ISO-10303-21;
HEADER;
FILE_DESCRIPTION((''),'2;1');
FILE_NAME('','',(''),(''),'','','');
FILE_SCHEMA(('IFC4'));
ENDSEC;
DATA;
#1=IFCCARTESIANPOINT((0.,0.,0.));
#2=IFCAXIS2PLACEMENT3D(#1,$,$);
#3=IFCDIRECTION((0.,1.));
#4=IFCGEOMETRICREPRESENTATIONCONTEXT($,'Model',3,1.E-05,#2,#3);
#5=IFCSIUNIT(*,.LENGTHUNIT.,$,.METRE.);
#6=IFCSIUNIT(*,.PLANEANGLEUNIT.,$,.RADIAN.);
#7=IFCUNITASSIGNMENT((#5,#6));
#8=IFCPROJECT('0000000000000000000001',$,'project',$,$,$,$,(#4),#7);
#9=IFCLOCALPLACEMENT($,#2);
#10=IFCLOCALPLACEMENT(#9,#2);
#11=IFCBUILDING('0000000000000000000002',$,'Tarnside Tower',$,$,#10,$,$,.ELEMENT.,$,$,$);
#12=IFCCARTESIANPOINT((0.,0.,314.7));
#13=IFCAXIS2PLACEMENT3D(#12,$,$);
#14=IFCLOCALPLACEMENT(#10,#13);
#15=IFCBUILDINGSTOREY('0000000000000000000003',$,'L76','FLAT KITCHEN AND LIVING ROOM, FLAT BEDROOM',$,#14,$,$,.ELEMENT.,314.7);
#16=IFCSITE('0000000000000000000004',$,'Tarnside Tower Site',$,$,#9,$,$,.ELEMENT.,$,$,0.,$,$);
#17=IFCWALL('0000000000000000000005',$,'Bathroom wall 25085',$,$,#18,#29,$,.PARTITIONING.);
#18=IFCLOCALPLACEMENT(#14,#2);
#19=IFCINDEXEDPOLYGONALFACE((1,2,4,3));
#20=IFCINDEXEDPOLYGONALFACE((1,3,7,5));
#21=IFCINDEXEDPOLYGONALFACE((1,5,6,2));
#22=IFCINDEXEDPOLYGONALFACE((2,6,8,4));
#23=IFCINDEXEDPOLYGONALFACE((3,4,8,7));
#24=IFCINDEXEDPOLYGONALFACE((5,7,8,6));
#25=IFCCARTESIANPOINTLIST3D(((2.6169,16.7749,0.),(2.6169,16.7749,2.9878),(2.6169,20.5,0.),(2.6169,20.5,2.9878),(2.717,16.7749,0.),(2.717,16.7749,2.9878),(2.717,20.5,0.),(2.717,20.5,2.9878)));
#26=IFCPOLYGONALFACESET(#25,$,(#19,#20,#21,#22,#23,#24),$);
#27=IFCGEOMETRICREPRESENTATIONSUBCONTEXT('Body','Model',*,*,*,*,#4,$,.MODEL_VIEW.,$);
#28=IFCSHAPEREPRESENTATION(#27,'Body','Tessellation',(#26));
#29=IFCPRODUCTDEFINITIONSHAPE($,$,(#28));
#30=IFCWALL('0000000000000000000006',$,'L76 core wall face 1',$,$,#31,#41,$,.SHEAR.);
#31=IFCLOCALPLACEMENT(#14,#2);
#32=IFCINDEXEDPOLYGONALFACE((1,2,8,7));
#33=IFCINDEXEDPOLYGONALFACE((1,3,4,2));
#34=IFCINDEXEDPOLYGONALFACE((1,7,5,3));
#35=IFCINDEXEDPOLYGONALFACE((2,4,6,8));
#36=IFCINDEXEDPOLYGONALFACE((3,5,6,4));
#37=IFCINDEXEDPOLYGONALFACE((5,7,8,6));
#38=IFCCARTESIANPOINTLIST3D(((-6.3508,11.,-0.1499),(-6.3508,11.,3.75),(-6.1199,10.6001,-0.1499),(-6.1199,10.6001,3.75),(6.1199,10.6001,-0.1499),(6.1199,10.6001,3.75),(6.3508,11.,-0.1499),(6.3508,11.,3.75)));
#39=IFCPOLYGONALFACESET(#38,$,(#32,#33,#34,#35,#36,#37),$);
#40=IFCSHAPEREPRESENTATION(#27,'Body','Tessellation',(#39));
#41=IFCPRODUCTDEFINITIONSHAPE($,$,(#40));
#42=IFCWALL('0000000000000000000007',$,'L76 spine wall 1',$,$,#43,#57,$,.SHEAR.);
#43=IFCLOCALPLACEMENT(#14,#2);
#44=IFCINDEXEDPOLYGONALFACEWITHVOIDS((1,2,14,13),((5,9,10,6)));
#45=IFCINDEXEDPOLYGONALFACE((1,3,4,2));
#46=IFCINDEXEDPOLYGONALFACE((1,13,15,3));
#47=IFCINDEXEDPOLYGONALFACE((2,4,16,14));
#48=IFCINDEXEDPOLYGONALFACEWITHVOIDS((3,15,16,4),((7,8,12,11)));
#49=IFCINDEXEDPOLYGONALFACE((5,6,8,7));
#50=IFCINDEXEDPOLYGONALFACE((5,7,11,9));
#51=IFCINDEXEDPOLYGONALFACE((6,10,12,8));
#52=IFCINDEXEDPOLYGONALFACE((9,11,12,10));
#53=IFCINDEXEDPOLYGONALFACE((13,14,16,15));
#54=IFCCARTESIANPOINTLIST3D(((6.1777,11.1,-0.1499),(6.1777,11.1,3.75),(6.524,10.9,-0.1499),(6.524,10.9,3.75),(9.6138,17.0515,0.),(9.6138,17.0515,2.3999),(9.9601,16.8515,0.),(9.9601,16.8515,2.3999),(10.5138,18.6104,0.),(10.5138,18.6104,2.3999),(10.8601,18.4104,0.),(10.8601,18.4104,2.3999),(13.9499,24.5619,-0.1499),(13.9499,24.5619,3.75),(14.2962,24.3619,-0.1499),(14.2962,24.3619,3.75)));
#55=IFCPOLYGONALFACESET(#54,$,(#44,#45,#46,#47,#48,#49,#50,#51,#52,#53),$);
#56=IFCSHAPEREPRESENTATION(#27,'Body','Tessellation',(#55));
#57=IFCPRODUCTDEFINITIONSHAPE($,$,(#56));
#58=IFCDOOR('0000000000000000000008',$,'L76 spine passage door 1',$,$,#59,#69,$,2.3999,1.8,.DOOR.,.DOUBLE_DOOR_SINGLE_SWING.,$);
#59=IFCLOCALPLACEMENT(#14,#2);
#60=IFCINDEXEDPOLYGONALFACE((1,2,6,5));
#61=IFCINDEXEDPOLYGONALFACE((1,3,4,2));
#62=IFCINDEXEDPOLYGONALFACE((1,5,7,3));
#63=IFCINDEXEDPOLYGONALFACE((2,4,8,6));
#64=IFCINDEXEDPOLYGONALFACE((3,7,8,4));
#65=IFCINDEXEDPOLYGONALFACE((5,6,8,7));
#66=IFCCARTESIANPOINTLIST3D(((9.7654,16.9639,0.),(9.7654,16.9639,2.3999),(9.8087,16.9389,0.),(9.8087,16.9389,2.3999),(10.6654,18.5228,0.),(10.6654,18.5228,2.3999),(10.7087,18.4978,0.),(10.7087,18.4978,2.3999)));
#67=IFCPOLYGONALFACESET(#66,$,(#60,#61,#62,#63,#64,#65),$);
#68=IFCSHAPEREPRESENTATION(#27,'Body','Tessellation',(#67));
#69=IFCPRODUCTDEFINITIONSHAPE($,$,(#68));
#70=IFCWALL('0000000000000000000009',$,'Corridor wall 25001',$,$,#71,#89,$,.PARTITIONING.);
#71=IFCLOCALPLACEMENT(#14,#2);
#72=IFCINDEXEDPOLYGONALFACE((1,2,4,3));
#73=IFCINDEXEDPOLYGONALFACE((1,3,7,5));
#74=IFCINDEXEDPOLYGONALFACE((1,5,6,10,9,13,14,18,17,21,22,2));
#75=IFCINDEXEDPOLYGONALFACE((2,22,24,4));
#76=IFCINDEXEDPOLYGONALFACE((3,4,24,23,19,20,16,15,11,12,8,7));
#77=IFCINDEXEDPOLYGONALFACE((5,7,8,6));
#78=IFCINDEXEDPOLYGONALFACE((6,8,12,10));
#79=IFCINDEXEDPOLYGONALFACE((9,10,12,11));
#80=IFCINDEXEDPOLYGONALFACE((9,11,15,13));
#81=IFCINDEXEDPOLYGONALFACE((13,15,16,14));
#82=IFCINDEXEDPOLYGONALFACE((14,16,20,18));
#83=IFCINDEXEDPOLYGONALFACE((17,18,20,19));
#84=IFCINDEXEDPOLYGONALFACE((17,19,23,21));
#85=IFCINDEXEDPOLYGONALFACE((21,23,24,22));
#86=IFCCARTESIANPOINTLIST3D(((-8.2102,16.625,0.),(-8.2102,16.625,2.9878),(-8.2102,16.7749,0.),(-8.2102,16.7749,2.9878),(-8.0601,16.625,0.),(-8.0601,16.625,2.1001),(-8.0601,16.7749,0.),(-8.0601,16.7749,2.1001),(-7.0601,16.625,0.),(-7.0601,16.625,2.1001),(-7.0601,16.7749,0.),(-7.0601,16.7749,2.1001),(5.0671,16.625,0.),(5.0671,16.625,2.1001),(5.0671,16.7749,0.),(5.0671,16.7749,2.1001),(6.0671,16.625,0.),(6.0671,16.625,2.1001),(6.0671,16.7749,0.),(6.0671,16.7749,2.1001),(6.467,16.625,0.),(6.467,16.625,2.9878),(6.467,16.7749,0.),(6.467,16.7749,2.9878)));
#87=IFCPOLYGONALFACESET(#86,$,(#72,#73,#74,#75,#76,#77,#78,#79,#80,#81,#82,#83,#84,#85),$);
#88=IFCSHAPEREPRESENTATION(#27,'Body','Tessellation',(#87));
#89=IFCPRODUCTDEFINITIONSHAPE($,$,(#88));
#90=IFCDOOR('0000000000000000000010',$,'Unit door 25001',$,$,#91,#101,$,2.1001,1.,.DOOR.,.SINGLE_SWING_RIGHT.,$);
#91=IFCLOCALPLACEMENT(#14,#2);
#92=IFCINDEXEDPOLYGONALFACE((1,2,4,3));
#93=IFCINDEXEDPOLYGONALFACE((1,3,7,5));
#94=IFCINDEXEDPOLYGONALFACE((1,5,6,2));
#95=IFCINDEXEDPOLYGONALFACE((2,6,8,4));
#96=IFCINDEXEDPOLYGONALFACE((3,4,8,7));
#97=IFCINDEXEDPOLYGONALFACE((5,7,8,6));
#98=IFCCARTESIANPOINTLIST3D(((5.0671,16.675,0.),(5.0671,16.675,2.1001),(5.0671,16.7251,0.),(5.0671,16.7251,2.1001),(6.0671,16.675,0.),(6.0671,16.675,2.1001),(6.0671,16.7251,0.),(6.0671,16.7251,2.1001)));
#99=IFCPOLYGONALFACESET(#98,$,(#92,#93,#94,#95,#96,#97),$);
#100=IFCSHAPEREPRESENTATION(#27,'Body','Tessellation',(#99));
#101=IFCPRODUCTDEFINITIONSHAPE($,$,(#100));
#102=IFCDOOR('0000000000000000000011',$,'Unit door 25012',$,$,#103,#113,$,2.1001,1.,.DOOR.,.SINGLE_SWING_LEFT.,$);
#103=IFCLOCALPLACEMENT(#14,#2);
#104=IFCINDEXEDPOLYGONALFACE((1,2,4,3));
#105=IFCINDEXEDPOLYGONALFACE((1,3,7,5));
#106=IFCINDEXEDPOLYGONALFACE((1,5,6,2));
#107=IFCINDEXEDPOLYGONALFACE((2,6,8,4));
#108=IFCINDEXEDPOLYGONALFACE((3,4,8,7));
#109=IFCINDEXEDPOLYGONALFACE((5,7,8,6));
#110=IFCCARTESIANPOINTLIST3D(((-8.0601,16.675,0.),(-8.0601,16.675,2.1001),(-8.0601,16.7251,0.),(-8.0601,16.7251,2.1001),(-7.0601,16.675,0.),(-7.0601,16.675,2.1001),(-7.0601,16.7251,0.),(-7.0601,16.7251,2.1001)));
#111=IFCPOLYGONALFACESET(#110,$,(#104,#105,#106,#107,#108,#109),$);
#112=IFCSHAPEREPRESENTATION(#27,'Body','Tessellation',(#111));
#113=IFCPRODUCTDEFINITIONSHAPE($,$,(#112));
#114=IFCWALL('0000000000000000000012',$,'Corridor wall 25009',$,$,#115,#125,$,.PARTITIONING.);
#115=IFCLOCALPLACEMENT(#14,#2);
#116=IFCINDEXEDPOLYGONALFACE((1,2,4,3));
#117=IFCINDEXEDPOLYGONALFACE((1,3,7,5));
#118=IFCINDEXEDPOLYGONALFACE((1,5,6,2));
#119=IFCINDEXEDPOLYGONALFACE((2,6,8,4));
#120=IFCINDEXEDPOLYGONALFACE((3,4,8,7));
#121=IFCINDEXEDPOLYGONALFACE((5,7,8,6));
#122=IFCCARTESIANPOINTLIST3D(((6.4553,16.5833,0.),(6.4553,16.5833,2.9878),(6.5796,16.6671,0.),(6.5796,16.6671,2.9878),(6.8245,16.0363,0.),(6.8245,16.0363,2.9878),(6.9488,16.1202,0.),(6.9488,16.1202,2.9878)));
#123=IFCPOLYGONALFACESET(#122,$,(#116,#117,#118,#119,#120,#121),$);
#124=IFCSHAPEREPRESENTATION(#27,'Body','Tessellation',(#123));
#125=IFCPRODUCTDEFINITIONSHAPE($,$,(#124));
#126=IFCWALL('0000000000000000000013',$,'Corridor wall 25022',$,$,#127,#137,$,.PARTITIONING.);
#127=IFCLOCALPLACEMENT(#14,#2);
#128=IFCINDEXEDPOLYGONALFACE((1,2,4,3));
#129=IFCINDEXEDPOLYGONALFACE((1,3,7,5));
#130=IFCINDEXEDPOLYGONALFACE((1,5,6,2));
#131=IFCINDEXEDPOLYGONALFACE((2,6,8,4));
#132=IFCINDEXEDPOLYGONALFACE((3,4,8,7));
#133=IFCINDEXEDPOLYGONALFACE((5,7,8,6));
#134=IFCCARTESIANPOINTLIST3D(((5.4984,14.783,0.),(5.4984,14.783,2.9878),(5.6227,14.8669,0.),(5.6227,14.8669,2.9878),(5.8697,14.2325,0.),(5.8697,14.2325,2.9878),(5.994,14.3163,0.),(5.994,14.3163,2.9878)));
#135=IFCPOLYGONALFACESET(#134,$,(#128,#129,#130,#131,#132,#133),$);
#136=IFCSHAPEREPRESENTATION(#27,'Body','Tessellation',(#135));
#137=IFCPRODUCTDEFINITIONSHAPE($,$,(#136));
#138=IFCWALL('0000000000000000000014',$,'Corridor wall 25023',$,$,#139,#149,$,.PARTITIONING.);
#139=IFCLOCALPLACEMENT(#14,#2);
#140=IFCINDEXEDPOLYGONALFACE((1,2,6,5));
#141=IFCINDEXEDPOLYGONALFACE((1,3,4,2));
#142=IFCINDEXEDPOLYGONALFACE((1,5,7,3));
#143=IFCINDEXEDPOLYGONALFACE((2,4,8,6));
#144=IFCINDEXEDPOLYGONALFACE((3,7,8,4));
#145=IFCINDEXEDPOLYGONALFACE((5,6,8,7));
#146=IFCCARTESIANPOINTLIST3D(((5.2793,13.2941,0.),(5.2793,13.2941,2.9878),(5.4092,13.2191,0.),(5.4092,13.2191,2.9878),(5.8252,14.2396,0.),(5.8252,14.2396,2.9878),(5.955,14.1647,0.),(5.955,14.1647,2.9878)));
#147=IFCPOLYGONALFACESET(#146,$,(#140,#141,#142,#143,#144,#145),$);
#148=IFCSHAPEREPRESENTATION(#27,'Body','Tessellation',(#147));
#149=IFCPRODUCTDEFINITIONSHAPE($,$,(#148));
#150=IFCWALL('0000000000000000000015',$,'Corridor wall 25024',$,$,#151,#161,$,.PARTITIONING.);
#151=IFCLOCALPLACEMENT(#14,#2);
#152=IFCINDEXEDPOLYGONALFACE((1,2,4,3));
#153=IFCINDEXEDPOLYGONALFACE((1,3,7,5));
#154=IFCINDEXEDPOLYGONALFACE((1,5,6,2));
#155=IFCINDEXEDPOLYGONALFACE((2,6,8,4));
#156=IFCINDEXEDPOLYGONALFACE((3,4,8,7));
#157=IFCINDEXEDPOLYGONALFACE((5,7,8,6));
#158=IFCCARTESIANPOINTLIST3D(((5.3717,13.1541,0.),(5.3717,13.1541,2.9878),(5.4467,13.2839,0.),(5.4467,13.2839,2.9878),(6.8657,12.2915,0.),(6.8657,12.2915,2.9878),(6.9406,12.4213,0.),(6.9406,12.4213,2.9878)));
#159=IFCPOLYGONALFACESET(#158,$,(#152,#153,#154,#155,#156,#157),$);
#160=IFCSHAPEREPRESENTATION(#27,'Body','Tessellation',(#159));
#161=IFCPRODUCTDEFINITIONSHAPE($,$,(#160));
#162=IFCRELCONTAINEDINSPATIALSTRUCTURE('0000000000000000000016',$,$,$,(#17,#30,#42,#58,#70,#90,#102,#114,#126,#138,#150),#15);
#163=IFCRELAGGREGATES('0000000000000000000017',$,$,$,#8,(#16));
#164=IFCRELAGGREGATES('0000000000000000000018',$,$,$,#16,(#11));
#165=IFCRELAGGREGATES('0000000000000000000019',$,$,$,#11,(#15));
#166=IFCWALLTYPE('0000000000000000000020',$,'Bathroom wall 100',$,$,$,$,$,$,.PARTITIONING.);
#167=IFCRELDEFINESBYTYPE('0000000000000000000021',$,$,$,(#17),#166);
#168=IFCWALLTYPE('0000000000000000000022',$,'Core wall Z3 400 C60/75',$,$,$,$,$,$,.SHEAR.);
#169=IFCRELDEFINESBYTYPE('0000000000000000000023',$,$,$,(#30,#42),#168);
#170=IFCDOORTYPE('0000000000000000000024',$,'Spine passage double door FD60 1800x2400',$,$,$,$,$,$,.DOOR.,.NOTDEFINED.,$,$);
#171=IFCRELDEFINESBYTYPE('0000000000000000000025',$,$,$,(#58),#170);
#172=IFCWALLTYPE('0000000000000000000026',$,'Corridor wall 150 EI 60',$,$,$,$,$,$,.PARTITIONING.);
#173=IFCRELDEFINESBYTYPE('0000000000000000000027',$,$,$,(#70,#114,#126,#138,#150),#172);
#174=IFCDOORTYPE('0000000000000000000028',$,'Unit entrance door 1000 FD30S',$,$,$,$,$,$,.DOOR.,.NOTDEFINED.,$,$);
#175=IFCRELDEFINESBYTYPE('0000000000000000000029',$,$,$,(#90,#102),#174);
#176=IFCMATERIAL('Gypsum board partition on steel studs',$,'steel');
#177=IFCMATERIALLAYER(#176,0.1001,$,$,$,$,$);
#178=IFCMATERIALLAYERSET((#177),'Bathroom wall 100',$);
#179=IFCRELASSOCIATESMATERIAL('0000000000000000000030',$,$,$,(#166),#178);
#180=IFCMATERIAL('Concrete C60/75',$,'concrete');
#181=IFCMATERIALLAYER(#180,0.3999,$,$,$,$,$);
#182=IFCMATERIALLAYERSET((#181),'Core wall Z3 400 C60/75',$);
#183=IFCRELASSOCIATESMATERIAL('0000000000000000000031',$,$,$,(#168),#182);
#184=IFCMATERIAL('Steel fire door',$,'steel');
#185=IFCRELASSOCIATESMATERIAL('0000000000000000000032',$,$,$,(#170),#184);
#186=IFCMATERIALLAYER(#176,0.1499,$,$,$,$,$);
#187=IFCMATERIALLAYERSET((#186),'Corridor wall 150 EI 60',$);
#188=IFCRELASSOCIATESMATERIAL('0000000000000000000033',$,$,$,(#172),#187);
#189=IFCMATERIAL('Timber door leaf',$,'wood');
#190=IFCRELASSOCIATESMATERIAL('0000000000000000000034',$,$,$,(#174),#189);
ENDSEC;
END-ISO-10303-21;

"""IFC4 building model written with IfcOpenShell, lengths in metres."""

from ifc_helpers import new_model, si_unit, direction, frame, frame_2d, origin, place, context, subcontext, project, spatial, polyline, rectangle, outline, extrude, material, layer, layer_set, type_object, element, fill, save


model = new_model("IFC4")

# Units and contexts
model_context = context("Model", 3, precision=1e-05, world=origin(), true_north=direction((0.0, 1.0)))
body_context = subcontext(model_context, "Body", "Model", "MODEL_VIEW")
ifc_project = project(units=[si_unit("LENGTHUNIT", "METRE"), si_unit("PLANEANGLEUNIT", "RADIAN")], contexts=[model_context])

# Site, building, storey
site_placement = place(None, origin())
site = spatial("IfcSite", under=ifc_project, at=site_placement, Name="Tarnside Tower Site", CompositionType="ELEMENT", RefElevation=0.0)
building_placement = place(site_placement, origin())
building = spatial("IfcBuilding", under=site, at=building_placement, Name="Tarnside Tower", CompositionType="ELEMENT")
storey_placement = place(building_placement, frame((0.0, 0.0, 314.7)))
storey = spatial("IfcBuildingStorey", under=building, at=storey_placement, Name="L76", Description="FLAT KITCHEN AND LIVING ROOM, FLAT BEDROOM", CompositionType="ELEMENT", Elevation=314.7)

# Walls
ifc_material_1 = material(Name="Gypsum board partition on steel studs", Category="steel")
ifc_layer_1 = layer(ifc_material_1, 0.1001)
ifc_layer_set_1 = layer_set([ifc_layer_1], Name="Bathroom wall 100")
wall_type_1 = type_object("IfcWallType", Name="Bathroom wall 100", PredefinedType="PARTITIONING", material=ifc_layer_set_1)
wall_1_placement = place(storey_placement, frame((2.667, 16.7749, 0.0), z_axis=(0.0, 0.0, 1.0), x_axis=(0.0, 1.0, 0.0)))
element("IfcWall", 1, at=wall_1_placement, inside=storey, type_object=wall_type_1, Name="Bathroom wall 25085", PredefinedType="PARTITIONING", context=body_context, shape_type="SweptSolid", body=[
    extrude(rectangle(XDim=3.7251, YDim=0.1001, at=frame_2d((1.8625, 0.0))), origin(), (0.0, 0.0, 1.0), 2.9878),
])
ifc_material_2 = material(Name="Concrete C60/75", Category="concrete")
ifc_layer_2 = layer(ifc_material_2, 0.3999)
ifc_layer_set_2 = layer_set([ifc_layer_2], Name="Core wall Z3 400 C60/75")
wall_type_2 = type_object("IfcWallType", Name="Core wall Z3 400 C60/75", PredefinedType="SHEAR", material=ifc_layer_set_2)
wall_2_placement = place(storey_placement, frame((6.2354, 10.8, -0.1499), z_axis=(0.0, 0.0, 1.0), x_axis=(-1.0, 0.0, 0.0)))
element("IfcWall", 2, at=wall_2_placement, inside=storey, type_object=wall_type_2, Name="L76 core wall face 1", PredefinedType="SHEAR", context=body_context, shape_type="SweptSolid", body=[
    extrude(outline(polyline([(-0.1155, -0.2), (12.5862, -0.2), (12.3552, 0.2), (0.1155, 0.2), (-0.1155, -0.2)])), origin(), (0.0, 0.0, 1.0), 3.8999),
])

# Wall, opening, door
wall_3_placement = place(storey_placement, frame((6.3508, 11.0, -0.1499), z_axis=(0.0, 0.0, 1.0), x_axis=(0.499999, 0.866026, 0.0)))
wall_3 = element("IfcWall", 3, at=wall_3_placement, inside=storey, type_object=wall_type_2, Name="L76 spine wall 1", PredefinedType="SHEAR", context=body_context, shape_type="SweptSolid", body=[
    extrude(rectangle(XDim=15.5444, YDim=0.3999, at=frame_2d((7.7722, 0.0))), origin(), (0.0, 0.0, 1.0), 3.8999),
])
opening_1_placement = place(wall_3_placement, frame((6.8723, 0.0, 0.1499)))
opening_1 = element("IfcOpeningElement", 4, at=opening_1_placement, cuts=wall_3, PredefinedType="OPENING", context=body_context, shape_type="SweptSolid", body=[
    extrude(rectangle(XDim=1.8, YDim=2.3999, at=frame_2d((0.8999, 1.2))), frame((0.0, 0.21, 0.0), z_axis=(0.0, -1.0, 0.0), x_axis=(1.0, 0.0, 0.0)), (0.0, 0.0, 1.0), 0.4199),
])
ifc_material_3 = material(Name="Steel fire door", Category="steel")
door_type_1 = type_object("IfcDoorType", Name="Spine passage double door FD60 1800x2400", OperationType="NOTDEFINED", PredefinedType="DOOR", material=ifc_material_3)
door_1_placement = place(opening_1_placement, origin())
door_1 = element("IfcDoor", 5, at=door_1_placement, inside=storey, type_object=door_type_1, Name="L76 spine passage door 1", OperationType="DOUBLE_DOOR_SINGLE_SWING", OverallHeight=2.3999, OverallWidth=1.8, PredefinedType="DOOR", context=body_context, shape_type="SweptSolid", body=[
    extrude(rectangle(XDim=1.8, YDim=2.3999, at=frame_2d((0.8999, 1.2))), frame((0.0, 0.0249, 0.0), z_axis=(0.0, -1.0, 0.0), x_axis=(1.0, 0.0, 0.0)), (0.0, 0.0, 1.0), 0.05),
])
fill(opening_1, door_1)

# Wall, openings, doors
ifc_layer_3 = layer(ifc_material_1, 0.1499)
ifc_layer_set_3 = layer_set([ifc_layer_3], Name="Corridor wall 150 EI 60")
wall_type_3 = type_object("IfcWallType", Name="Corridor wall 150 EI 60", PredefinedType="PARTITIONING", material=ifc_layer_set_3)
wall_4_placement = place(storey_placement, frame((6.467, 16.7, 0.0), z_axis=(0.0, 0.0, 1.0), x_axis=(-1.0, 0.0, 0.0)))
wall_4 = element("IfcWall", 6, at=wall_4_placement, inside=storey, type_object=wall_type_3, Name="Corridor wall 25001", PredefinedType="PARTITIONING", context=body_context, shape_type="SweptSolid", body=[
    extrude(rectangle(XDim=14.6772, YDim=0.1499, at=frame_2d((7.3386, 0.0))), origin(), (0.0, 0.0, 1.0), 2.9878),
])
opening_2_placement = place(wall_4_placement, frame((0.3999, 0.0, 0.0)))
opening_2 = element("IfcOpeningElement", 7, at=opening_2_placement, cuts=wall_4, PredefinedType="OPENING", context=body_context, shape_type="SweptSolid", body=[
    extrude(rectangle(XDim=1.0, YDim=2.1001, at=frame_2d((0.5, 1.05))), frame((0.0, 0.085, 0.0), z_axis=(0.0, -1.0, 0.0), x_axis=(1.0, 0.0, 0.0)), (0.0, 0.0, 1.0), 0.1699),
])
opening_3_placement = place(wall_4_placement, frame((13.5271, 0.0, 0.0)))
opening_3 = element("IfcOpeningElement", 8, at=opening_3_placement, cuts=wall_4, PredefinedType="OPENING", context=body_context, shape_type="SweptSolid", body=[
    extrude(rectangle(XDim=1.0, YDim=2.1001, at=frame_2d((0.5, 1.05))), frame((0.0, 0.085, 0.0), z_axis=(0.0, -1.0, 0.0), x_axis=(1.0, 0.0, 0.0)), (0.0, 0.0, 1.0), 0.1699),
])
ifc_material_4 = material(Name="Timber door leaf", Category="wood")
door_type_2 = type_object("IfcDoorType", Name="Unit entrance door 1000 FD30S", OperationType="NOTDEFINED", PredefinedType="DOOR", material=ifc_material_4)
door_2_placement = place(opening_2_placement, origin())
door_2 = element("IfcDoor", 9, at=door_2_placement, inside=storey, type_object=door_type_2, Name="Unit door 25001", OperationType="SINGLE_SWING_RIGHT", OverallHeight=2.1001, OverallWidth=1.0, PredefinedType="DOOR", context=body_context, shape_type="SweptSolid", body=[
    extrude(rectangle(XDim=1.0, YDim=2.1001, at=frame_2d((0.5, 1.05))), frame((0.0, 0.0249, 0.0), z_axis=(0.0, -1.0, 0.0), x_axis=(1.0, 0.0, 0.0)), (0.0, 0.0, 1.0), 0.05),
])
fill(opening_2, door_2)
door_3_placement = place(opening_3_placement, origin())
door_3 = element("IfcDoor", 10, at=door_3_placement, inside=storey, type_object=door_type_2, Name="Unit door 25012", OperationType="SINGLE_SWING_LEFT", OverallHeight=2.1001, OverallWidth=1.0, PredefinedType="DOOR", context=body_context, shape_type="SweptSolid", body=[
    extrude(rectangle(XDim=1.0, YDim=2.1001, at=frame_2d((0.5, 1.05))), frame((0.0, 0.0249, 0.0), z_axis=(0.0, -1.0, 0.0), x_axis=(1.0, 0.0, 0.0)), (0.0, 0.0, 1.0), 0.05),
])
fill(opening_3, door_3)

# Walls
wall_5_placement = place(storey_placement, frame((6.8867, 16.0781, 0.0), z_axis=(0.0, 0.0, 1.0), x_axis=(-0.559473, 0.828849, 0.0)))
element("IfcWall", 11, at=wall_5_placement, inside=storey, type_object=wall_type_3, Name="Corridor wall 25009", PredefinedType="PARTITIONING", context=body_context, shape_type="SweptSolid", body=[
    extrude(rectangle(XDim=0.6599, YDim=0.1499, at=frame_2d((0.3301, 0.0))), origin(), (0.0, 0.0, 1.0), 2.9878),
])
wall_6_placement = place(storey_placement, frame((5.5605, 14.825, 0.0), z_axis=(0.0, 0.0, 1.0), x_axis=(0.559189, -0.82904, 0.0)))
element("IfcWall", 12, at=wall_6_placement, inside=storey, type_object=wall_type_3, Name="Corridor wall 25022", PredefinedType="PARTITIONING", context=body_context, shape_type="SweptSolid", body=[
    extrude(rectangle(XDim=0.6641, YDim=0.1499, at=frame_2d((0.332, 0.0))), origin(), (0.0, 0.0, 1.0), 2.9878),
])
wall_7_placement = place(storey_placement, frame((5.8901, 14.2021, 0.0), z_axis=(0.0, 0.0, 1.0), x_axis=(-0.499987, -0.866033, 0.0)))
element("IfcWall", 13, at=wall_7_placement, inside=storey, type_object=wall_type_3, Name="Corridor wall 25023", PredefinedType="PARTITIONING", context=body_context, shape_type="SweptSolid", body=[
    extrude(rectangle(XDim=1.0918, YDim=0.1499, at=frame_2d((0.5459, 0.0))), origin(), (0.0, 0.0, 1.0), 2.9878),
])
wall_8_placement = place(storey_placement, frame((5.4092, 13.219, 0.0), z_axis=(0.0, 0.0, 1.0), x_axis=(0.866014, -0.500021, 0.0)))
element("IfcWall", 14, at=wall_8_placement, inside=storey, type_object=wall_type_3, Name="Corridor wall 25024", PredefinedType="PARTITIONING", context=body_context, shape_type="SweptSolid", body=[
    extrude(rectangle(XDim=1.7251, YDim=0.1499, at=frame_2d((0.8625, 0.0))), origin(), (0.0, 0.0, 1.0), 2.9878),
])

save(model, "model.ifc")
